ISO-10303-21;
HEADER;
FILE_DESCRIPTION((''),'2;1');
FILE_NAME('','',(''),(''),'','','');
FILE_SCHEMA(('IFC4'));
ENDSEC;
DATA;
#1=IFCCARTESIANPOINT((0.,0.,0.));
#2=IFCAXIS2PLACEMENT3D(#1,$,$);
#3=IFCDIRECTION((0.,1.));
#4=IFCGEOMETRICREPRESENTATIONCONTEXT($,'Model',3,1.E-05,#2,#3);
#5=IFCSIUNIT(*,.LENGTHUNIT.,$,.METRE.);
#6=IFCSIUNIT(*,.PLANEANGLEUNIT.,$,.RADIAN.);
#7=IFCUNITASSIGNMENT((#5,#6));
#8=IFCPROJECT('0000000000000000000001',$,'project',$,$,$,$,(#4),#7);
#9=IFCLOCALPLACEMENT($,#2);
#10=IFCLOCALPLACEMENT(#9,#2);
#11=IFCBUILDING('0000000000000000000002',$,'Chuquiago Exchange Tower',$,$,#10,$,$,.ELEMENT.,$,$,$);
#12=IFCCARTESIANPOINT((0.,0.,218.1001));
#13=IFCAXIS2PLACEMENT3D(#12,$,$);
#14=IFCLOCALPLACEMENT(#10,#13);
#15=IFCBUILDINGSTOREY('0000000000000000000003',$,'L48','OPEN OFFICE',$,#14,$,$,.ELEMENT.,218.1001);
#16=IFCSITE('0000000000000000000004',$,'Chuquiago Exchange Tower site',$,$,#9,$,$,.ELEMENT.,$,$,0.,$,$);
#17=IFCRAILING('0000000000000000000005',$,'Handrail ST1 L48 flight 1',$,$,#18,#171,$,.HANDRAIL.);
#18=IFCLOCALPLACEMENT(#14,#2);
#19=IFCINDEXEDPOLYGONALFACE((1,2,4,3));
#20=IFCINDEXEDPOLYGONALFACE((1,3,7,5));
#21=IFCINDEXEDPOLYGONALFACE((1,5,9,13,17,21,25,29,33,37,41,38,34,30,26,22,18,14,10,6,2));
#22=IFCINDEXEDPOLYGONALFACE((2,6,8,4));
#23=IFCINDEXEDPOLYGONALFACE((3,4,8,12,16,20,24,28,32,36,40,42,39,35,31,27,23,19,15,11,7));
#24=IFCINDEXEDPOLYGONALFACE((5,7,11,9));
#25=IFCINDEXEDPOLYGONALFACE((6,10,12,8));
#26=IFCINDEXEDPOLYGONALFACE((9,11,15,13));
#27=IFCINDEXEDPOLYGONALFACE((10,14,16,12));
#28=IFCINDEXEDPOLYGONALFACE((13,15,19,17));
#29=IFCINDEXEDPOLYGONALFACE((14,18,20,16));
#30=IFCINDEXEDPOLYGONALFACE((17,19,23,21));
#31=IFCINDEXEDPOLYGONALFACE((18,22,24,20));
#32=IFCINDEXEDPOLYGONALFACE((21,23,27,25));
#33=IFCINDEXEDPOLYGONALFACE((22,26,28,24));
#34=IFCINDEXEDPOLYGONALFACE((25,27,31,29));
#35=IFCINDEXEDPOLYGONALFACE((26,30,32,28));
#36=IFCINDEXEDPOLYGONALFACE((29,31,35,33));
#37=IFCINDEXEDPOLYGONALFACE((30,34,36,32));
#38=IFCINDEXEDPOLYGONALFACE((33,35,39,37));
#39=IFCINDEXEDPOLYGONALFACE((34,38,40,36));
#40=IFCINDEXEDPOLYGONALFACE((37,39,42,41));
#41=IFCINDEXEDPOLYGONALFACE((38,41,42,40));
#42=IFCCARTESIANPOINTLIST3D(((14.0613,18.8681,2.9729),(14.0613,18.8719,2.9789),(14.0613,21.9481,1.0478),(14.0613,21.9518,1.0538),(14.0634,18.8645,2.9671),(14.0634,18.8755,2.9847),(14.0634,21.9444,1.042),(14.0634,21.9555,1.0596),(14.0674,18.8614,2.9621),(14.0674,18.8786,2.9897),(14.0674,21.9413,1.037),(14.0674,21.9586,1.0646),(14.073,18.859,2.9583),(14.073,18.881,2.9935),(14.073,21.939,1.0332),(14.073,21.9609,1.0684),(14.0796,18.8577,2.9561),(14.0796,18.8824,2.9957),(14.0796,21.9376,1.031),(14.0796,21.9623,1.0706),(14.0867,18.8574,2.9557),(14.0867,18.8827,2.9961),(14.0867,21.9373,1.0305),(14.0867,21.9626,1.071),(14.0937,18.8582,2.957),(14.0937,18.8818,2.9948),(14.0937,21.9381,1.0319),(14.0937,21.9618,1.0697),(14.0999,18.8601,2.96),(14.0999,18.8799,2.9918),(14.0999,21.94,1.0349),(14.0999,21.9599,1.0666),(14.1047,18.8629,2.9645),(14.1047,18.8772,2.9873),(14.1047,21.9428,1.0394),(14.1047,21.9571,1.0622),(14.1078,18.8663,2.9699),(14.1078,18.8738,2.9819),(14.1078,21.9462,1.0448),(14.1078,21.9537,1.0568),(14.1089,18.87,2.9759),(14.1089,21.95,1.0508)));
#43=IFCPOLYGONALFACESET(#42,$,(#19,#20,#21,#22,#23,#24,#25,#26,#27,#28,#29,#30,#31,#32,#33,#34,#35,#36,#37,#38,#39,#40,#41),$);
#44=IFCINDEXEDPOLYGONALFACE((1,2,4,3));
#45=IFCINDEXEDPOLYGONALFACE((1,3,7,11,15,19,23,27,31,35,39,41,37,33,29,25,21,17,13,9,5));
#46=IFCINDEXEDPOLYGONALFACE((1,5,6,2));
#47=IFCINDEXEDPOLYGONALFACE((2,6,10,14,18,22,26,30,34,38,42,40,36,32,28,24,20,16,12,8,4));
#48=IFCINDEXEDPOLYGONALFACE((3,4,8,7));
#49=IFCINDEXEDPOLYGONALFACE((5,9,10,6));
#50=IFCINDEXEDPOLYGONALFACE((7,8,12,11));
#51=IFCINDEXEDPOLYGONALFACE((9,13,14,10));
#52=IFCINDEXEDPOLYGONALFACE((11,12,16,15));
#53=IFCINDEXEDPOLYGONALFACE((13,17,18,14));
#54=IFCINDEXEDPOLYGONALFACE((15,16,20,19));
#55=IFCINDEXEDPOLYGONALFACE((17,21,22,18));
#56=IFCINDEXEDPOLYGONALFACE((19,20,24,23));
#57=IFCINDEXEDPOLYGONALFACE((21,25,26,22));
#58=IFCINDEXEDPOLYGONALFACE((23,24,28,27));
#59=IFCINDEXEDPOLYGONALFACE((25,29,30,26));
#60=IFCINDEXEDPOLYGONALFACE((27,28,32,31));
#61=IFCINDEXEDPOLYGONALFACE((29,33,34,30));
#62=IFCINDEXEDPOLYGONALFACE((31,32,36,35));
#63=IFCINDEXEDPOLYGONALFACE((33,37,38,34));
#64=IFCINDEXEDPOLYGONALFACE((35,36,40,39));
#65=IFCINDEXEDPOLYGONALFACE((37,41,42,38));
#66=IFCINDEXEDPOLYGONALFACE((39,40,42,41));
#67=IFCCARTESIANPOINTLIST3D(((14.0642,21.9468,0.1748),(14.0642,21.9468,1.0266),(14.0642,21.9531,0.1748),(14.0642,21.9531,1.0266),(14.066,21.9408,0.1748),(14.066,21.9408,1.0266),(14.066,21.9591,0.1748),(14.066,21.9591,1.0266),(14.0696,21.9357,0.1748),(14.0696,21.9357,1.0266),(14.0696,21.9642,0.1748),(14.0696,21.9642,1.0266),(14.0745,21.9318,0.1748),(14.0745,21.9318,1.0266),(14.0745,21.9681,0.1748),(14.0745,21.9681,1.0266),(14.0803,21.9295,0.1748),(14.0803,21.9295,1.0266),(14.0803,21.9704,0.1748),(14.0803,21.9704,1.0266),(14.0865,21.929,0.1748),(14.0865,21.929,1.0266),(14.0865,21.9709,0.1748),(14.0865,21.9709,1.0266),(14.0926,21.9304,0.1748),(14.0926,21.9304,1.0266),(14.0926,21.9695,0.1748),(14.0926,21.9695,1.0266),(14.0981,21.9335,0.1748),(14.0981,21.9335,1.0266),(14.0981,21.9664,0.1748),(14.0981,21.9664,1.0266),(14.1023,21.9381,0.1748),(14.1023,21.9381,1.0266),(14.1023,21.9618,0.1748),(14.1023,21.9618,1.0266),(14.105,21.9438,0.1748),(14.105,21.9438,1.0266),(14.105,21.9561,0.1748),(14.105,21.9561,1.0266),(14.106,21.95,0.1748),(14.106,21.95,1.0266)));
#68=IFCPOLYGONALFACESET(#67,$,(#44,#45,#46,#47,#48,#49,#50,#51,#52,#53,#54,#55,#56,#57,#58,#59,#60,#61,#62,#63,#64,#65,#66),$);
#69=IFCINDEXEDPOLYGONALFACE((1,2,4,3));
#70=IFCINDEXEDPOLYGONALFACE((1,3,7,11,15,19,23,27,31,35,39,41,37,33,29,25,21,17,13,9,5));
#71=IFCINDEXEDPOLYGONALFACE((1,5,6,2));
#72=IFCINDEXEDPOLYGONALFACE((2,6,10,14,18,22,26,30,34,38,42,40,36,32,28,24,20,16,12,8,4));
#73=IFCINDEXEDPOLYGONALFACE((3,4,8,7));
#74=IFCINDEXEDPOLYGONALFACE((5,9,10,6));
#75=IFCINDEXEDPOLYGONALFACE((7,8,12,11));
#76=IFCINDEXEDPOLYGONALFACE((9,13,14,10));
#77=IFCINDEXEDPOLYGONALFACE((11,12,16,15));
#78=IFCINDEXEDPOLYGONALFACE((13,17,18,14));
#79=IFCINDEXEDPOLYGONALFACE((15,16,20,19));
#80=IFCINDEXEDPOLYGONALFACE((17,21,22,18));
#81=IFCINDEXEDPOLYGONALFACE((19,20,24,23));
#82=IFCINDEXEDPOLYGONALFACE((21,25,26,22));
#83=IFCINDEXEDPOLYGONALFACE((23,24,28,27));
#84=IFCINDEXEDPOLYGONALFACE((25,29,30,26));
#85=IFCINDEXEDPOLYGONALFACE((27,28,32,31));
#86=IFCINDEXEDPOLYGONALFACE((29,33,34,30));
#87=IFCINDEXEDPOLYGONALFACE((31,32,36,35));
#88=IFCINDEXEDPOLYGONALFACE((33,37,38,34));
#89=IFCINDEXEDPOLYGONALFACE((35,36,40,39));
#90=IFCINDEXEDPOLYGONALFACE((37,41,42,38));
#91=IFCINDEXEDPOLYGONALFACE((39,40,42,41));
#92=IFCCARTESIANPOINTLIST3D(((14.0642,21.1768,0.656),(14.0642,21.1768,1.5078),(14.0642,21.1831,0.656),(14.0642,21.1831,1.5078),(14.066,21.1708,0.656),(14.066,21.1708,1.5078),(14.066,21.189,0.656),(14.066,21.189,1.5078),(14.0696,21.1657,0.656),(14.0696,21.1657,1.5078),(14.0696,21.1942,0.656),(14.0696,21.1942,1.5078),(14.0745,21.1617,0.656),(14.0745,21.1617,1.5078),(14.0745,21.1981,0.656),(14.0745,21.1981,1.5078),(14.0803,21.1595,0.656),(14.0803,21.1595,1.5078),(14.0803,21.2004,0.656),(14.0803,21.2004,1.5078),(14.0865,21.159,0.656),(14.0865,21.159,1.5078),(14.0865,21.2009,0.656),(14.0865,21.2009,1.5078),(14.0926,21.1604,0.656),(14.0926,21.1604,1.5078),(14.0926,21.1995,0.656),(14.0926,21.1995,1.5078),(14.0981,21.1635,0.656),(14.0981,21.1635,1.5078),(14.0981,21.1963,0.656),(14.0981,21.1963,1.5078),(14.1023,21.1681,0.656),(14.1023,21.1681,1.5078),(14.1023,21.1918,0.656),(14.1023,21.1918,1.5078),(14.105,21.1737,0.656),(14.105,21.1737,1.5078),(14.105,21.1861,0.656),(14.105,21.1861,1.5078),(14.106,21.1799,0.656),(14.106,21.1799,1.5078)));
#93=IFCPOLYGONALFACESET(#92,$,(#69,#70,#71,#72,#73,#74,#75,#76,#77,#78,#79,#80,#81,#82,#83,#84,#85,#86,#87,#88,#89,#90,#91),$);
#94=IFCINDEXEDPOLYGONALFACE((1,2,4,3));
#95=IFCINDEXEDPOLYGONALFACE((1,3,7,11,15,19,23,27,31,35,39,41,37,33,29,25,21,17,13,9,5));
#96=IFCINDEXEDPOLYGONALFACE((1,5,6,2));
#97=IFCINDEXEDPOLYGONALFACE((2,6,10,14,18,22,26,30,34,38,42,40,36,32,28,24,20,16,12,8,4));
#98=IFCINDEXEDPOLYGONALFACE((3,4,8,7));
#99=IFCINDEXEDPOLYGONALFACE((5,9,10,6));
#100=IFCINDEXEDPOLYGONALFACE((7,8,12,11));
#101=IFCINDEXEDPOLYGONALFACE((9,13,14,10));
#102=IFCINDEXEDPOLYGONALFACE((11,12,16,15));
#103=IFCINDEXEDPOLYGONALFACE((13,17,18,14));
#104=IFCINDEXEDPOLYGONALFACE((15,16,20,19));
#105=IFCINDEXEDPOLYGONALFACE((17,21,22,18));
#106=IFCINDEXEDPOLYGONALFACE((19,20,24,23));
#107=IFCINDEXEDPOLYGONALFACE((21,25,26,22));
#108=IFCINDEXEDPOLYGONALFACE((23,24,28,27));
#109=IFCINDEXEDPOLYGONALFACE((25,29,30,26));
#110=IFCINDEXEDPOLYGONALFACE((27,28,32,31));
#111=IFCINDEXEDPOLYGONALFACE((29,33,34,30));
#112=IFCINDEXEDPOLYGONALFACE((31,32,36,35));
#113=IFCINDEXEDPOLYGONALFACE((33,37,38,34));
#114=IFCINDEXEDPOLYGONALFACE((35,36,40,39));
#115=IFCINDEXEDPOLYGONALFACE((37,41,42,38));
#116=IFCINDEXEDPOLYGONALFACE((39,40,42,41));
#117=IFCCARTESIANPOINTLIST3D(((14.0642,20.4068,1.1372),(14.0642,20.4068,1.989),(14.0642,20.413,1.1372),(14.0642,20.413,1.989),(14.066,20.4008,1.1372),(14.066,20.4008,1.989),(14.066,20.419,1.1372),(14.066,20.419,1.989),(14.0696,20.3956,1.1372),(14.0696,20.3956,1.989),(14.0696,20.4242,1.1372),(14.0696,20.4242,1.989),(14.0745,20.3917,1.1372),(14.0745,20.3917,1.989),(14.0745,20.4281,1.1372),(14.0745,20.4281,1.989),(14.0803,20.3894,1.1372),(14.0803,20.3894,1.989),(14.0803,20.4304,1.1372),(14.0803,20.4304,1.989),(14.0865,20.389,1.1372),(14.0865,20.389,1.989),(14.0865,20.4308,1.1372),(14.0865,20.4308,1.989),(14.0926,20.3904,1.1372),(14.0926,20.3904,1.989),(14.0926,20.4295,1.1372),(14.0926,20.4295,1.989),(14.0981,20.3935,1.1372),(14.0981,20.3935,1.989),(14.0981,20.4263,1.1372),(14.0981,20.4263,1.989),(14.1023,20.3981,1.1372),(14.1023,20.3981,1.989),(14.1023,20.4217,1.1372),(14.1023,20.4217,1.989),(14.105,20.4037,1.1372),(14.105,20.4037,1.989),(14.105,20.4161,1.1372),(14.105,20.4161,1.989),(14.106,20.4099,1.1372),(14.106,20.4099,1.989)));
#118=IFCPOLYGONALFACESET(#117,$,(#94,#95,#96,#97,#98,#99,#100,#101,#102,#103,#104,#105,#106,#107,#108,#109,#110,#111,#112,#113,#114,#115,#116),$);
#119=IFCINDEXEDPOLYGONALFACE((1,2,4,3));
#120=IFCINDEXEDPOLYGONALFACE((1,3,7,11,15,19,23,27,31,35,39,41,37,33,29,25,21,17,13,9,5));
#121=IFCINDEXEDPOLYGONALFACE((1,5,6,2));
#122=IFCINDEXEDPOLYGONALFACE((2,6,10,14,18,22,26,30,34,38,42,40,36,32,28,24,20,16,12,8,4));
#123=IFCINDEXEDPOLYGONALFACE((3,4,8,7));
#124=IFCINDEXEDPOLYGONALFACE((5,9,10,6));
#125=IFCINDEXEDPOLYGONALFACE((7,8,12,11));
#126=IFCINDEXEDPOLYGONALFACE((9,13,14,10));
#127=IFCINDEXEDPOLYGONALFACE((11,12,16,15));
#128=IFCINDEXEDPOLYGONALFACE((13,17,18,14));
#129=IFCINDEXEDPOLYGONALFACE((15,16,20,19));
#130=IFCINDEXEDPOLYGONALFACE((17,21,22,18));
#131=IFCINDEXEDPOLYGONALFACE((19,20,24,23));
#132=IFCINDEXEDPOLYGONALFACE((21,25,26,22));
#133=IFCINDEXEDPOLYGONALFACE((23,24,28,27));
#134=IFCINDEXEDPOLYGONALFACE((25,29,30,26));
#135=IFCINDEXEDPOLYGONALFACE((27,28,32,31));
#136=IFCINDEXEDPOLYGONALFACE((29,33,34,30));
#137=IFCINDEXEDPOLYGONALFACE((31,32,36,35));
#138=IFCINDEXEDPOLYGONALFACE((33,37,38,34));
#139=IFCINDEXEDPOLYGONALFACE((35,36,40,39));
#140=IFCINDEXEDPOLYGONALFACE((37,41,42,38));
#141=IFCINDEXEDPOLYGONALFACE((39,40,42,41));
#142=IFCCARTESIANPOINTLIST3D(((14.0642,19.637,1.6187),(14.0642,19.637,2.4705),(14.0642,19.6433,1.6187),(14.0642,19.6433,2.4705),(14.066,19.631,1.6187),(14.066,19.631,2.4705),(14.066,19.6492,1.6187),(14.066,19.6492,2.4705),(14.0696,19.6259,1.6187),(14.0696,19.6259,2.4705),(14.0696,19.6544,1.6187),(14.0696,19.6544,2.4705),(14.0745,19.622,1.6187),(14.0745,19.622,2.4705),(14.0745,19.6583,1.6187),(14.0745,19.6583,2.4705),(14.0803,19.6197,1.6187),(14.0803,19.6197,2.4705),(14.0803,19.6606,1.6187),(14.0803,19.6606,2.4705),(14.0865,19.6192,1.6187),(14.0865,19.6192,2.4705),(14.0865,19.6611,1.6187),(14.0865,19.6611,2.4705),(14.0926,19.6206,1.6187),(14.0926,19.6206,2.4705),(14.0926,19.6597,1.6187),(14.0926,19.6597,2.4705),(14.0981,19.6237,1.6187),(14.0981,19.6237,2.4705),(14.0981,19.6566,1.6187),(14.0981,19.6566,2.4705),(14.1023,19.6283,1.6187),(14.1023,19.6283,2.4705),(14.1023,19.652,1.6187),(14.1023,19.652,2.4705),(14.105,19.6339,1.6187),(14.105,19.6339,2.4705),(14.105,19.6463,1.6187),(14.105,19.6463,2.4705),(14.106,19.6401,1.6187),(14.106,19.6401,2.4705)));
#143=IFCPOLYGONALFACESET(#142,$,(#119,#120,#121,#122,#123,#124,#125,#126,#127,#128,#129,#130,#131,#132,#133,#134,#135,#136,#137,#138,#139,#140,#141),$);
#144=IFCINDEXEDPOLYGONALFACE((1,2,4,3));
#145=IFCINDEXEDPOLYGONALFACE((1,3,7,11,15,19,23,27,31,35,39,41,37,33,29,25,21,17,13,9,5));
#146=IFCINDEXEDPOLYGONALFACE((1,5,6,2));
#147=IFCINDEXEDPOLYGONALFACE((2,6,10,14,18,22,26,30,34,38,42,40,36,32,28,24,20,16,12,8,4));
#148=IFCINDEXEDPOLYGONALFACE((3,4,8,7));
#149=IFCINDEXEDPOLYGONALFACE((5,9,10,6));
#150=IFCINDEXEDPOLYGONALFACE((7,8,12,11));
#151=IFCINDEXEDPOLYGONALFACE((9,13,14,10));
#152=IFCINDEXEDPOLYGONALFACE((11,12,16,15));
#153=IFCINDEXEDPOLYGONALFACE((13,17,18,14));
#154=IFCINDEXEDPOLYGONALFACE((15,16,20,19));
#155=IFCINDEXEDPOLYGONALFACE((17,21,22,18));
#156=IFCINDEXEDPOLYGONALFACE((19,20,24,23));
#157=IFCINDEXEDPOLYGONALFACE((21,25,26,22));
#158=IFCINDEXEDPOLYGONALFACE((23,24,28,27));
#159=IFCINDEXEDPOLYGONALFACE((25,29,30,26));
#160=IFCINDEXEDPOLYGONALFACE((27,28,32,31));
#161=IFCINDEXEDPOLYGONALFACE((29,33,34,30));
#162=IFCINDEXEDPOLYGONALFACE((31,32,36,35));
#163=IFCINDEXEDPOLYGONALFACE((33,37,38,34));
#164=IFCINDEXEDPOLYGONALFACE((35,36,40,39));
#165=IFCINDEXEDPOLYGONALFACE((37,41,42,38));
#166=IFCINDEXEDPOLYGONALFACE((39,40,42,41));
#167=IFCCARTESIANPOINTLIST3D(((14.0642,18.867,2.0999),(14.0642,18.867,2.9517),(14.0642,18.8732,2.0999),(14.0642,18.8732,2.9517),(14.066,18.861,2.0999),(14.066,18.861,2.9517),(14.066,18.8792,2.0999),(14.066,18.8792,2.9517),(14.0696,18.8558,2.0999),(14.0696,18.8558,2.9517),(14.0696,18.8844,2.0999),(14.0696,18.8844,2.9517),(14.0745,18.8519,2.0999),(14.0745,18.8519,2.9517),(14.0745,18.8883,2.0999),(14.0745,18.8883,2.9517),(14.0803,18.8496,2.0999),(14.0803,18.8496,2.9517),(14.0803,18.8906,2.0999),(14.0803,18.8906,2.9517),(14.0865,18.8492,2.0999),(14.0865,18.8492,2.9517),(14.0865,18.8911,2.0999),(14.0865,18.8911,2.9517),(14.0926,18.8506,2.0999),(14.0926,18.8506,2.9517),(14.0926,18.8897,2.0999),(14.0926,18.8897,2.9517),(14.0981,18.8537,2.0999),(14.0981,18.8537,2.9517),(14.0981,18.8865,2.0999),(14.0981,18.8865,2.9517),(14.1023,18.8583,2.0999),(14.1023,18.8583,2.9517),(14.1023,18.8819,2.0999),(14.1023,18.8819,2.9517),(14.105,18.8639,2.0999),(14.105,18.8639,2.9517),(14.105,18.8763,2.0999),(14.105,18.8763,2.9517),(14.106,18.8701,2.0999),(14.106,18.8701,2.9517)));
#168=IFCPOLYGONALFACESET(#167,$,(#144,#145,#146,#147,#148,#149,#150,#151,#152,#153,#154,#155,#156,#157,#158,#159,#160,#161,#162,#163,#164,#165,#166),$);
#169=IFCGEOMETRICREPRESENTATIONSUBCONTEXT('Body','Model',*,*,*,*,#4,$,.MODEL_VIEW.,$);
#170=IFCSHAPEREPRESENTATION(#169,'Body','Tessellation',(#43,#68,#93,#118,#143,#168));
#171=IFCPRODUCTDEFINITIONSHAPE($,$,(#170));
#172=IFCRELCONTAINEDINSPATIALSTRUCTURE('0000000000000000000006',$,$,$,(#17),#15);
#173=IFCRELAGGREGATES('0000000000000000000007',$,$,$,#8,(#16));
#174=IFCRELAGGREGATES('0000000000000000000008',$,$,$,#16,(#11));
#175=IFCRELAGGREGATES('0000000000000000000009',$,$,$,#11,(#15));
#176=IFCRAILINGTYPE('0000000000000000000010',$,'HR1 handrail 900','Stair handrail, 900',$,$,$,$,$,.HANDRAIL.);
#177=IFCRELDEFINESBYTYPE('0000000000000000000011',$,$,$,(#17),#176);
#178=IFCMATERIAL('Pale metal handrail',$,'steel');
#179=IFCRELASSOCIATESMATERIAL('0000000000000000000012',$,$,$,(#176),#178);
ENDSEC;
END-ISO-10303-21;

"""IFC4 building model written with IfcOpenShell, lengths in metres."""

from ifc_helpers import new_model, si_unit, direction, frame, origin, origin_2d, place, context, subcontext, project, spatial, circle, extrude, material, type_object, element, save


model = new_model("IFC4")

# Units and contexts
model_context = context("Model", 3, precision=1e-05, world=origin(), true_north=direction((0.0, 1.0)))
body_context = subcontext(model_context, "Body", "Model", "MODEL_VIEW")
ifc_project = project(units=[si_unit("LENGTHUNIT", "METRE"), si_unit("PLANEANGLEUNIT", "RADIAN")], contexts=[model_context])

# Site, building, storey
site_placement = place(None, origin())
site = spatial("IfcSite", under=ifc_project, at=site_placement, Name="Chuquiago Exchange Tower site", CompositionType="ELEMENT", RefElevation=0.0)
building_placement = place(site_placement, origin())
building = spatial("IfcBuilding", under=site, at=building_placement, Name="Chuquiago Exchange Tower", CompositionType="ELEMENT")
storey_placement = place(building_placement, frame((0.0, 0.0, 218.1001)))
storey = spatial("IfcBuildingStorey", under=building, at=storey_placement, Name="L48", Description="OPEN OFFICE", CompositionType="ELEMENT", Elevation=218.1001)

# Railing
ifc_material_1 = material(Name="Pale metal handrail", Category="steel")
railing_type_1 = type_object("IfcRailingType", Name="HR1 handrail 900", Description="Stair handrail, 900", PredefinedType="HANDRAIL", material=ifc_material_1)
for number, where, name in (
    (1, (14.085, 21.95, 0.1748), "Handrail ST1 L48 flight 1"),
):
    element("IfcRailing", number, at=place(storey_placement, frame(where)), inside=storey, type_object=railing_type_1, Name=name, PredefinedType="HANDRAIL", context=body_context, shape_type="SweptSolid", body=[
        extrude(circle(Radius=0.0239, at=origin_2d()), frame((0.0, 0.0, 0.876), z_axis=(0.0, -0.847979, 0.530029), x_axis=(1.0, 0.0, 0.0)), (0.0, 0.0, 1.0), 3.6321),
        extrude(circle(Radius=0.021, at=origin_2d()), origin(), (0.0, 0.0, 1.0), 0.8518),
        extrude(circle(Radius=0.021, at=origin_2d()), frame((0.0, -0.77, 0.4812)), (0.0, 0.0, 1.0), 0.8518),
        extrude(circle(Radius=0.021, at=origin_2d()), frame((0.0, -1.54, 0.9624)), (0.0, 0.0, 1.0), 0.8518),
        extrude(circle(Radius=0.021, at=origin_2d()), frame((0.0, -2.3098, 1.4438)), (0.0, 0.0, 1.0), 0.8518),
        extrude(circle(Radius=0.021, at=origin_2d()), frame((0.0, -3.0798, 1.925)), (0.0, 0.0, 1.0), 0.8518),
    ])

save(model, "model.ifc")
